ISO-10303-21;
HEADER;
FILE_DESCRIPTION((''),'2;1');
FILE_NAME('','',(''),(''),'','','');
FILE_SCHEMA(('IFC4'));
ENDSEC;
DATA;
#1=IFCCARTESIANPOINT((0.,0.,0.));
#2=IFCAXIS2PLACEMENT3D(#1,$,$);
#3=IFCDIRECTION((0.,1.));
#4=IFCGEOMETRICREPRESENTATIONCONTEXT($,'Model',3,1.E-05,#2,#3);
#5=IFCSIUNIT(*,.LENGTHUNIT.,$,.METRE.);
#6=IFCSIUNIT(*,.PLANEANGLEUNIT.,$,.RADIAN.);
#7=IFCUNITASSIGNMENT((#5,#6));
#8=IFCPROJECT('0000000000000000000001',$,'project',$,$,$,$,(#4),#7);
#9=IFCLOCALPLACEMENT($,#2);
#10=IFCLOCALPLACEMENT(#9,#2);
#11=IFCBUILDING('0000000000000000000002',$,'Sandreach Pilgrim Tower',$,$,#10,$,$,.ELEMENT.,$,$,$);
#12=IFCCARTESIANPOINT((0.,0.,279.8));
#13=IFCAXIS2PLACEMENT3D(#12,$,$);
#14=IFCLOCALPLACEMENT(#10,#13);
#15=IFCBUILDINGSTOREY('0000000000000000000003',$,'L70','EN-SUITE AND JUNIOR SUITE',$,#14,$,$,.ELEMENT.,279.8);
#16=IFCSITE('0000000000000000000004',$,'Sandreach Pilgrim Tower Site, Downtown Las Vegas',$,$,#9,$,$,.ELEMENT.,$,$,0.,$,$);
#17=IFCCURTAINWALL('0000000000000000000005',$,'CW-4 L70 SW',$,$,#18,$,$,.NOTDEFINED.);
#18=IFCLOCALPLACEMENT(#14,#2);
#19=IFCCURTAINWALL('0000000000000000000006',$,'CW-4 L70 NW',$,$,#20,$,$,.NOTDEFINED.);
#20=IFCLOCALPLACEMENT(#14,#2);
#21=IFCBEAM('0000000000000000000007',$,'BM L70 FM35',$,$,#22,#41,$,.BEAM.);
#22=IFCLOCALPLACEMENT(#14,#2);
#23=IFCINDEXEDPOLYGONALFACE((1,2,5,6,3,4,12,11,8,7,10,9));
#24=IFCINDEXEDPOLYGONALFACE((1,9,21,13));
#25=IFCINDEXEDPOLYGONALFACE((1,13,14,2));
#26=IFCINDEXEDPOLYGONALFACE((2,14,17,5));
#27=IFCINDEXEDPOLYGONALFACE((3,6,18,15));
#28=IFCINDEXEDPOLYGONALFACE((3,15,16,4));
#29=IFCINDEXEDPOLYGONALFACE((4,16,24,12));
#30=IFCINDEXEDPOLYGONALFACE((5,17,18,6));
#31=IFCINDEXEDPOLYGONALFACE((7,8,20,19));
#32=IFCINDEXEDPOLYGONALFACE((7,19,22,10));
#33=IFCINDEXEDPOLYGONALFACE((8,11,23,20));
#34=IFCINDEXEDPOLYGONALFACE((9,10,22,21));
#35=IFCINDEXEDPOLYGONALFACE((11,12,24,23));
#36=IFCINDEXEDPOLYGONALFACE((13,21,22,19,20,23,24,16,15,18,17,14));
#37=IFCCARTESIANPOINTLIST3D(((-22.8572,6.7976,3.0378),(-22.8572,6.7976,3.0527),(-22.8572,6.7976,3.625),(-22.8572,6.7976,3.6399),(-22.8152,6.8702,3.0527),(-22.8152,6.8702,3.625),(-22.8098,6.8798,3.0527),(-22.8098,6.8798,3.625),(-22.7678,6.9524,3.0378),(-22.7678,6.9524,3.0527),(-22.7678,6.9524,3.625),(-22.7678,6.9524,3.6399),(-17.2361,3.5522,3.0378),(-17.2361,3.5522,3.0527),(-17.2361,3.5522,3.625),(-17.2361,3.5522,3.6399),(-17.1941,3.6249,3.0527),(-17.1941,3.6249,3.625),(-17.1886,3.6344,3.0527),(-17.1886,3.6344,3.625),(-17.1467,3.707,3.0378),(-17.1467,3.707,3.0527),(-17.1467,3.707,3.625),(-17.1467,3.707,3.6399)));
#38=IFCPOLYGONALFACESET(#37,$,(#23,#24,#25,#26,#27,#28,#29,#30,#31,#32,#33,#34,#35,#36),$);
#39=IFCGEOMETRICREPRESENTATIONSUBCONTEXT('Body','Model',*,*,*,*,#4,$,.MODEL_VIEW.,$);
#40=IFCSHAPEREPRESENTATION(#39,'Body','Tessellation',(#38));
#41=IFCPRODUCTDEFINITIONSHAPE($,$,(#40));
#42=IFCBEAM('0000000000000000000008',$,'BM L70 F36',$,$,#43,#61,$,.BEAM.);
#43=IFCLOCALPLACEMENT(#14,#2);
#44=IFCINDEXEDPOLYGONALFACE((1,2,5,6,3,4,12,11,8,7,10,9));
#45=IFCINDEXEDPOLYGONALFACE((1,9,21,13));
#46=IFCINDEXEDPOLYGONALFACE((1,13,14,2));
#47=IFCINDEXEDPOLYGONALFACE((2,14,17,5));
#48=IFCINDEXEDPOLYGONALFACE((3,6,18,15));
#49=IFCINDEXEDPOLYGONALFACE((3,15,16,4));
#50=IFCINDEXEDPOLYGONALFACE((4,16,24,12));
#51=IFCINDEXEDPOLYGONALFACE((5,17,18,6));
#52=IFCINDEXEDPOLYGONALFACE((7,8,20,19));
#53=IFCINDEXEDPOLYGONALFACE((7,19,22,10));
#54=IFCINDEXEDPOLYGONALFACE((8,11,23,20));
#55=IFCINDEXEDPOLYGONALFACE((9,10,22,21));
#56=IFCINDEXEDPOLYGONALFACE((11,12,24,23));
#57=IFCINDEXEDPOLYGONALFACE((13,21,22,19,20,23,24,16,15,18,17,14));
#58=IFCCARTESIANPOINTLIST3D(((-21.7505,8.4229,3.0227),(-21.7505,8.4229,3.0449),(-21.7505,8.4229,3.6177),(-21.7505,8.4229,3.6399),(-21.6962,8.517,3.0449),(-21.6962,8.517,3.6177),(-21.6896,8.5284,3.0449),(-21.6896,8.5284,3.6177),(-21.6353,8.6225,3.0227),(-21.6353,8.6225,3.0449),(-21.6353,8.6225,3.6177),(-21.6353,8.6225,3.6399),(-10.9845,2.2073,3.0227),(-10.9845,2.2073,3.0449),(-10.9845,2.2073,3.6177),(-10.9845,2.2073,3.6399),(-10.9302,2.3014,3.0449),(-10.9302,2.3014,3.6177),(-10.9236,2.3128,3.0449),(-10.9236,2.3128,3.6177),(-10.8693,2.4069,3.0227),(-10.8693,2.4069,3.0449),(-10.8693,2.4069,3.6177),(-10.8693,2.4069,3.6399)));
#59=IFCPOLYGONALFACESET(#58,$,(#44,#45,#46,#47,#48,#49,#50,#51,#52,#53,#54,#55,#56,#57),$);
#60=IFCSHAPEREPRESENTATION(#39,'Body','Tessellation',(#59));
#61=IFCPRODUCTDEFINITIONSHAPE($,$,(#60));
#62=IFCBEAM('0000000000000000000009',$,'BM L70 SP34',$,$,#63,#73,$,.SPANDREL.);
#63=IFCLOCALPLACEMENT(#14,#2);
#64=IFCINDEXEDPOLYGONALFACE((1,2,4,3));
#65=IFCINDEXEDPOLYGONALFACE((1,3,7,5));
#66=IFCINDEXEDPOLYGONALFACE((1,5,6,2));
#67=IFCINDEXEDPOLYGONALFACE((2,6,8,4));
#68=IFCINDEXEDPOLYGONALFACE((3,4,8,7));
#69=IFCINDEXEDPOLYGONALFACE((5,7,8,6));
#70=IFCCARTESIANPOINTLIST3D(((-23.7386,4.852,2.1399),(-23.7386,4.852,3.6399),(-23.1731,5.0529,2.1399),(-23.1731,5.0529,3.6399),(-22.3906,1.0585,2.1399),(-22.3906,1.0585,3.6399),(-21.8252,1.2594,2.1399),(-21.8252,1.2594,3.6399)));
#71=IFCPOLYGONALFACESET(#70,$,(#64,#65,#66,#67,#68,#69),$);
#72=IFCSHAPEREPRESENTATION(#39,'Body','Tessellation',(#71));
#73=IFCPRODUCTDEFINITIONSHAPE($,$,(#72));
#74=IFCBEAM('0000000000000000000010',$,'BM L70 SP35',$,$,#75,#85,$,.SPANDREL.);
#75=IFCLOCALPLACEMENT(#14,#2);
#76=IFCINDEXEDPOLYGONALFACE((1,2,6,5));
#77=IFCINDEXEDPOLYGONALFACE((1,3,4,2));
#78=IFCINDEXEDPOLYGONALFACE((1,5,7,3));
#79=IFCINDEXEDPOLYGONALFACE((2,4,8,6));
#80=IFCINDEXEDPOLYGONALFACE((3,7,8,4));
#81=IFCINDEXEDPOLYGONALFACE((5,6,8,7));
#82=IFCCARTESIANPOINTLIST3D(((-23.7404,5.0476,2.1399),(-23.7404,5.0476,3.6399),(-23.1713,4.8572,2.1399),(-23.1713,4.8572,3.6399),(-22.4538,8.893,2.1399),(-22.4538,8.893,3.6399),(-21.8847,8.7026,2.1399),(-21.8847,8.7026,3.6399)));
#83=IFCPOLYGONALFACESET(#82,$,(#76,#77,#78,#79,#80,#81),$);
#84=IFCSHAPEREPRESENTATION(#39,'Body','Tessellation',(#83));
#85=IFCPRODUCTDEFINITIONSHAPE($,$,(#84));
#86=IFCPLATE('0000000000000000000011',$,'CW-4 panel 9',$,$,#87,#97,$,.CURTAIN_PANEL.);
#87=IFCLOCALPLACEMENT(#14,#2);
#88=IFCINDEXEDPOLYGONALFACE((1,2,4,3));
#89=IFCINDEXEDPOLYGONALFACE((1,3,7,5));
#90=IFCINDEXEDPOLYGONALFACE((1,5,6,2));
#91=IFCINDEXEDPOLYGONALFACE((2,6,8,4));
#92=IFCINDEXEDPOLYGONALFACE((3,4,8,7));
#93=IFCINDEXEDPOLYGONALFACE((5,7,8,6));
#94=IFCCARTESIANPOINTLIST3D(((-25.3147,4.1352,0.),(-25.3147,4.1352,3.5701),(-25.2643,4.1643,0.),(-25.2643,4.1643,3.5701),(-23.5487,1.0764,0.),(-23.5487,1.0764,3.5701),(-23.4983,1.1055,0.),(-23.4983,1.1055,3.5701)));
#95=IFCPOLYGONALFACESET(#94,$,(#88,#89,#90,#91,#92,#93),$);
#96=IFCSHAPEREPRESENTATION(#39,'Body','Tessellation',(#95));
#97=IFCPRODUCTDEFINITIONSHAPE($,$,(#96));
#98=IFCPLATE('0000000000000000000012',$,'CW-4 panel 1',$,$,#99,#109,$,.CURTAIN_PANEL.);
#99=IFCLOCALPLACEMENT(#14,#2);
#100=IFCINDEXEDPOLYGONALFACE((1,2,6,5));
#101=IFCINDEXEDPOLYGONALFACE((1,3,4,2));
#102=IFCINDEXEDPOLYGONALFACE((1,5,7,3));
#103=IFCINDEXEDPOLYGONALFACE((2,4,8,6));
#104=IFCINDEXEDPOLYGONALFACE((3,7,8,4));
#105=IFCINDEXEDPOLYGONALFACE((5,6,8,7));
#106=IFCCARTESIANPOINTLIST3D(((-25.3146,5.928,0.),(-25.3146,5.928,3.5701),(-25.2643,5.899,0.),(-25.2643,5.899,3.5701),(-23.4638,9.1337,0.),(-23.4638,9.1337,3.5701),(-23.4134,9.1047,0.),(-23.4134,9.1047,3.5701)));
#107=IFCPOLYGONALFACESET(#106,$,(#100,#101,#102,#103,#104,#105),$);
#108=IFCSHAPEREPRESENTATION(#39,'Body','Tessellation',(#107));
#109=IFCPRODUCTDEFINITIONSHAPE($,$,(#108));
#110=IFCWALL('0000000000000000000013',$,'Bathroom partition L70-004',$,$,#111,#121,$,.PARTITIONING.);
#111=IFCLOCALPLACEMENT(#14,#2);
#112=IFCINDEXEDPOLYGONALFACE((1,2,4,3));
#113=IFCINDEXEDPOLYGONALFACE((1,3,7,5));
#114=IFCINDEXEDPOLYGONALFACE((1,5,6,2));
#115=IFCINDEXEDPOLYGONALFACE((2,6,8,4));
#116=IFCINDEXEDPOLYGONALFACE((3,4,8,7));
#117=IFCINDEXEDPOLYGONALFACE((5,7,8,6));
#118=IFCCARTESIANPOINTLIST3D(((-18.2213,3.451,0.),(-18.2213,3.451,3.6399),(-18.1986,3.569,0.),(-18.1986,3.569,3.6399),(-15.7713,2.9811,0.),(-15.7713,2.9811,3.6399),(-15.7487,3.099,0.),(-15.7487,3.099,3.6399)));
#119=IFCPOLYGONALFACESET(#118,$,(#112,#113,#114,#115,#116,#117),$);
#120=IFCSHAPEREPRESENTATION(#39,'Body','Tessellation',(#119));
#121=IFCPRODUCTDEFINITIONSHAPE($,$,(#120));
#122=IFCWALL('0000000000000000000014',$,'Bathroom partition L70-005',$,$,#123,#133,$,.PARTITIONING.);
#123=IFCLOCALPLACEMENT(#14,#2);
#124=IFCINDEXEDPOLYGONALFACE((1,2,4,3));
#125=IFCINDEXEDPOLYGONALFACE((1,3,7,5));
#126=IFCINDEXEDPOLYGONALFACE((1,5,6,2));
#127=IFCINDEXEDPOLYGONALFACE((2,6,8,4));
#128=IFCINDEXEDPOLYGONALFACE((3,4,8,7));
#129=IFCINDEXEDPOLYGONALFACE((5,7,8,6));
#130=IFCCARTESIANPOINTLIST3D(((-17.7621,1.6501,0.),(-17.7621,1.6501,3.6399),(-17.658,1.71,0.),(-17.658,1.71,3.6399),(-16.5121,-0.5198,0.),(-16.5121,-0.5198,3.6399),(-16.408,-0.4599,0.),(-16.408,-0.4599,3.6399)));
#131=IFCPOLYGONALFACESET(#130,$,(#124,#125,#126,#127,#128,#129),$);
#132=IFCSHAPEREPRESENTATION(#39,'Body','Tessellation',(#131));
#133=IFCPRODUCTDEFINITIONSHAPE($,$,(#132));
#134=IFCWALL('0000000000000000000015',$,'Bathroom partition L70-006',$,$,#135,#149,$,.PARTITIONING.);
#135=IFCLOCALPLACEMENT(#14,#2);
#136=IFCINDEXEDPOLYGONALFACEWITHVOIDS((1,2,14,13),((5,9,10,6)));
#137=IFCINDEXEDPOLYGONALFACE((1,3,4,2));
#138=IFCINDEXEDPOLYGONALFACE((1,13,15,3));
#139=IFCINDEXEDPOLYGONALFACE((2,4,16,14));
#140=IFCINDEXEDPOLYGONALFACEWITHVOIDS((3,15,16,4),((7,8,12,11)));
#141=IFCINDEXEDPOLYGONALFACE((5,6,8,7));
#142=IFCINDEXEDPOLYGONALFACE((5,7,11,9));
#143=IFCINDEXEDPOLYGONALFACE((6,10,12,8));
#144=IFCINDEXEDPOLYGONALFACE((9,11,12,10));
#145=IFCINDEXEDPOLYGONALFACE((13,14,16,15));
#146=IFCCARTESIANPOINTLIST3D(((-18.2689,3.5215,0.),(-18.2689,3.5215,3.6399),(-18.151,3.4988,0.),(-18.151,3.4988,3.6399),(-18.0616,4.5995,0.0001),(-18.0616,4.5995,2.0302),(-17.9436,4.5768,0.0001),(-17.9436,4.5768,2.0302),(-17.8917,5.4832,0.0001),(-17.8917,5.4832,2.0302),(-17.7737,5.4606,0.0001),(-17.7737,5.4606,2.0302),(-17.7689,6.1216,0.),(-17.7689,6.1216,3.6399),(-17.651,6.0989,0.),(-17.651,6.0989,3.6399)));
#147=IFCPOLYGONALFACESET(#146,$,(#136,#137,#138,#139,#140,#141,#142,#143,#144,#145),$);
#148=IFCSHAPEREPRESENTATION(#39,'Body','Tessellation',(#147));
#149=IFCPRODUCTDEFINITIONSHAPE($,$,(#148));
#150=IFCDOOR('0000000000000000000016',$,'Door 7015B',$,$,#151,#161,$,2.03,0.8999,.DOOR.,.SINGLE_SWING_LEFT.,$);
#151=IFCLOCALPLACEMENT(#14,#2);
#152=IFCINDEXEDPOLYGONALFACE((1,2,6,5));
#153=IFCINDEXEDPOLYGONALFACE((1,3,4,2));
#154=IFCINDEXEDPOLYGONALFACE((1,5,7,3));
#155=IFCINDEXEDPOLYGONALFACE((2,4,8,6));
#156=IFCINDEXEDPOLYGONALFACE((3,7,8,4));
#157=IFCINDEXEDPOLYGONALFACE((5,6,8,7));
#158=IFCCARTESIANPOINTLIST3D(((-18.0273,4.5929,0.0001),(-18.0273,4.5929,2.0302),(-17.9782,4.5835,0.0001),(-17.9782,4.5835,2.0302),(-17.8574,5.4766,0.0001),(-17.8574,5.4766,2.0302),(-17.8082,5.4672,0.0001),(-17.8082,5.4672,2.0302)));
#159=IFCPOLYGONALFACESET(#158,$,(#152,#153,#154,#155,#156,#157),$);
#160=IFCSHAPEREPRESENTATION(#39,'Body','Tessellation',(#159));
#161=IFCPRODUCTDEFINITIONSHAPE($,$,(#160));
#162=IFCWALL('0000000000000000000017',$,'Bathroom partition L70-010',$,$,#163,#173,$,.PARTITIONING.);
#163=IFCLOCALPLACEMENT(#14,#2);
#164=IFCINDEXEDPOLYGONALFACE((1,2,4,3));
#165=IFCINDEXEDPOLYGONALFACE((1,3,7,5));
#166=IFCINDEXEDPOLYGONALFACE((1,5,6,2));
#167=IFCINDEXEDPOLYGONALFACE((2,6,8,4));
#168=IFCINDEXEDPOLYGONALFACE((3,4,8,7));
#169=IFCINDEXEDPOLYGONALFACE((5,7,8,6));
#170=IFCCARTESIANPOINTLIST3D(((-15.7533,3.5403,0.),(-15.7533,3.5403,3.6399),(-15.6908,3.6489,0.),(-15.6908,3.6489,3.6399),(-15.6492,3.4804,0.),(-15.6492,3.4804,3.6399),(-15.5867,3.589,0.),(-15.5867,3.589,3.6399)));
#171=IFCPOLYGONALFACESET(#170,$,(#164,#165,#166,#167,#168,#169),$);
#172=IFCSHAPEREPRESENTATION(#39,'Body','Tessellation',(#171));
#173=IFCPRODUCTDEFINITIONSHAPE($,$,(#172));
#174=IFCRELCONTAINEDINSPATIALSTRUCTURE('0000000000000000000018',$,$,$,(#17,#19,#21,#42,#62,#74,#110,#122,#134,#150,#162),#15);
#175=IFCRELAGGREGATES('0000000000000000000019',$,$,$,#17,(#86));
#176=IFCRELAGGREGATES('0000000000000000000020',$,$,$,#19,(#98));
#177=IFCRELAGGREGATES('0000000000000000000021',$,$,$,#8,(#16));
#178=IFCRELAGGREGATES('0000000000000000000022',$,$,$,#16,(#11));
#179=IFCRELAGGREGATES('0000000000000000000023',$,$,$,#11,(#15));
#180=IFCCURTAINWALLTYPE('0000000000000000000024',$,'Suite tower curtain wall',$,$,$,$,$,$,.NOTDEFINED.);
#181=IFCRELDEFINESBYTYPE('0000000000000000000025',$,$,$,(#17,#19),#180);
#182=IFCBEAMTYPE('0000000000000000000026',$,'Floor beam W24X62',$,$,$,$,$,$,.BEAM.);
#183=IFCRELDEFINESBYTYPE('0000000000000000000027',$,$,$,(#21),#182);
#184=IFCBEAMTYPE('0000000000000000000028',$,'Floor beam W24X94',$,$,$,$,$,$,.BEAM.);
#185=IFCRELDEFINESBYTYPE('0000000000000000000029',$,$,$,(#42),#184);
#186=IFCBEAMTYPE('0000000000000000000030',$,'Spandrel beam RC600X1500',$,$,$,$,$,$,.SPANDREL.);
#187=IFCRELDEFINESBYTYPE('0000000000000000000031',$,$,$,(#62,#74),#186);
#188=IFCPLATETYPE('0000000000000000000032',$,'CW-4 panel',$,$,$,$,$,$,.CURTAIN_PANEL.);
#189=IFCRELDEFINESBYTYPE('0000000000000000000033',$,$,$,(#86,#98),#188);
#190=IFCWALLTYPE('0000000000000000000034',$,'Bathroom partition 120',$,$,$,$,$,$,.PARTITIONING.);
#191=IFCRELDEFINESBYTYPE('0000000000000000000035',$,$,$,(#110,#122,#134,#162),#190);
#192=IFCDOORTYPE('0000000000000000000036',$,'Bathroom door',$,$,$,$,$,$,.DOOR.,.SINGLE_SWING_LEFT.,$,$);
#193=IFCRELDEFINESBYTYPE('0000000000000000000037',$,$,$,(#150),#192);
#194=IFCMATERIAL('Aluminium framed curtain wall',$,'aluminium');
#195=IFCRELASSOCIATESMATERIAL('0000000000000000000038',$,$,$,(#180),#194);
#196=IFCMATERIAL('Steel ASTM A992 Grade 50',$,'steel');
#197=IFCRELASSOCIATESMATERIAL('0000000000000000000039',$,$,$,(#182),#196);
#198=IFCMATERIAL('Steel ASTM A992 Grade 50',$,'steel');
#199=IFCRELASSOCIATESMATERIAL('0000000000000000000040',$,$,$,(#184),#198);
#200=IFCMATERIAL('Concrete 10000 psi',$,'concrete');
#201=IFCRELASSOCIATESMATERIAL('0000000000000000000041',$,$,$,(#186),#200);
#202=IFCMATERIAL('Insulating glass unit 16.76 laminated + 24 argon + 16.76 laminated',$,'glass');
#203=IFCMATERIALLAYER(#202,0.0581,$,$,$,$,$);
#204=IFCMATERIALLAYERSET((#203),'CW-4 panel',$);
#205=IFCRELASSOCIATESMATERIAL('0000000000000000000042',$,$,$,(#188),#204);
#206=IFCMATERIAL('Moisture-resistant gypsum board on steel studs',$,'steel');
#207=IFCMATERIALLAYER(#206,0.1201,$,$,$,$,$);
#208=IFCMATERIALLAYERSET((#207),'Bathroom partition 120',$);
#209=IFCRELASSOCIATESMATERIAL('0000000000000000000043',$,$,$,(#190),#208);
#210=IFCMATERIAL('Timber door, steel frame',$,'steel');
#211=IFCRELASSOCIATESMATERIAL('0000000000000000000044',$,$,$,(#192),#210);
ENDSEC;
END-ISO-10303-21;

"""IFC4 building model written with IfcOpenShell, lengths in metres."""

from ifc_helpers import new_model, si_unit, direction, frame, frame_2d, origin, origin_2d, place, context, subcontext, project, spatial, rectangle, i_section, extrude, material, layer, layer_set, material_profile, profile_set, type_object, element, fill, aggregate, save


model = new_model("IFC4")

# Units and contexts
model_context = context("Model", 3, precision=1e-05, world=origin(), true_north=direction((0.0, 1.0)))
body_context = subcontext(model_context, "Body", "Model", "MODEL_VIEW")
ifc_project = project(units=[si_unit("LENGTHUNIT", "METRE"), si_unit("PLANEANGLEUNIT", "RADIAN")], contexts=[model_context])

# Site, building, storey
site_placement = place(None, origin())
site = spatial("IfcSite", under=ifc_project, at=site_placement, Name="Sandreach Pilgrim Tower Site, Downtown Las Vegas", CompositionType="ELEMENT", RefElevation=0.0)
building_placement = place(site_placement, origin())
building = spatial("IfcBuilding", under=site, at=building_placement, Name="Sandreach Pilgrim Tower", CompositionType="ELEMENT")
storey_placement = place(building_placement, frame((0.0, 0.0, 279.8)))
storey = spatial("IfcBuildingStorey", under=building, at=storey_placement, Name="L70", Description="EN-SUITE AND JUNIOR SUITE", CompositionType="ELEMENT", Elevation=279.8)

# Curtain wall
ifc_material_1 = material(Name="Aluminium framed curtain wall", Category="aluminium")
curtain_wall_type = type_object("IfcCurtainWallType", Name="Suite tower curtain wall", PredefinedType="NOTDEFINED", material=ifc_material_1)
curtain_wall_1_placement = place(storey_placement, origin())
curtain_wall_1 = element("IfcCurtainWall", 1, at=curtain_wall_1_placement, inside=storey, type_object=curtain_wall_type, Name="CW-4 L70 SW", PredefinedType="NOTDEFINED")

# Curtain wall
curtain_wall_2_placement = place(storey_placement, origin())
curtain_wall_2 = element("IfcCurtainWall", 2, at=curtain_wall_2_placement, inside=storey, type_object=curtain_wall_type, Name="CW-4 L70 NW", PredefinedType="NOTDEFINED")

# Beams
ifc_material_2 = material(Name="Steel ASTM A992 Grade 50", Category="steel")
ifc_material_profile_1 = material_profile(ifc_material_2, i_section(OverallWidth=0.1787, OverallDepth=0.6021, WebThickness=0.011, FlangeThickness=0.0149, at=origin_2d()), Name="W24X62")
ifc_profile_set_1 = profile_set([ifc_material_profile_1], Name="Steel ASTM A992 Grade 50")
beam_type_1 = type_object("IfcBeamType", Name="Floor beam W24X62", PredefinedType="BEAM", material=ifc_profile_set_1)
beam_1_placement = place(storey_placement, frame((-22.8125, 6.875, 3.3389), z_axis=(0.866024, -0.500002, 0.0), x_axis=(0.500002, 0.866024, 0.0)))
element("IfcBeam", 3, at=beam_1_placement, inside=storey, type_object=beam_type_1, Name="BM L70 FM35", PredefinedType="BEAM", context=body_context, shape_type="SweptSolid", body=[
    extrude(i_section(OverallWidth=0.1787, OverallDepth=0.6021, WebThickness=0.011, FlangeThickness=0.0149, at=origin_2d()), origin(), (0.0, 0.0, 1.0), 6.4907),
])
ifc_material_3 = material(Name="Steel ASTM A992 Grade 50", Category="steel")
ifc_material_profile_2 = material_profile(ifc_material_3, i_section(OverallWidth=0.2305, OverallDepth=0.6172, WebThickness=0.0132, FlangeThickness=0.0222, at=origin_2d()), Name="W24X94")
ifc_profile_set_2 = profile_set([ifc_material_profile_2], Name="Steel ASTM A992 Grade 50")
beam_type_2 = type_object("IfcBeamType", Name="Floor beam W24X94", PredefinedType="BEAM", material=ifc_profile_set_2)
beam_2_placement = place(storey_placement, frame((-21.6929, 8.5227, 3.3313), z_axis=(0.866029, -0.499994, 0.0), x_axis=(0.499994, 0.866029, 0.0)))
element("IfcBeam", 4, at=beam_2_placement, inside=storey, type_object=beam_type_2, Name="BM L70 F36", PredefinedType="BEAM", context=body_context, shape_type="SweptSolid", body=[
    extrude(i_section(OverallWidth=0.2305, OverallDepth=0.6172, WebThickness=0.0132, FlangeThickness=0.0222, at=origin_2d()), origin(), (0.0, 0.0, 1.0), 12.4314),
])
ifc_material_4 = material(Name="Concrete 10000 psi", Category="concrete")
ifc_material_profile_3 = material_profile(ifc_material_4, rectangle(XDim=0.6001, YDim=1.5, at=origin_2d()), Name="RC600X1500")
ifc_profile_set_3 = profile_set([ifc_material_profile_3], Name="Concrete 10000 psi")
beam_type_3 = type_object("IfcBeamType", Name="Spandrel beam RC600X1500", PredefinedType="SPANDREL", material=ifc_profile_set_3)
beam_3_placement = place(storey_placement, frame((-22.1079, 1.1589, 2.8899), z_axis=(-0.334815, 0.942284, 0.0), x_axis=(-0.942284, -0.334815, 0.0)))
element("IfcBeam", 5, at=beam_3_placement, inside=storey, type_object=beam_type_3, Name="BM L70 SP34", PredefinedType="SPANDREL", context=body_context, shape_type="SweptSolid", body=[
    extrude(rectangle(XDim=0.6001, YDim=1.5, at=origin_2d()), origin(), (0.0, 0.0, 1.0), 4.0259),
])
beam_4_placement = place(storey_placement, frame((-23.4558, 4.9524, 2.8899), z_axis=(0.317293, 0.948327, 0.0), x_axis=(-0.948327, 0.317293, 0.0)))
element("IfcBeam", 6, at=beam_4_placement, inside=storey, type_object=beam_type_3, Name="BM L70 SP35", PredefinedType="SPANDREL", context=body_context, shape_type="SweptSolid", body=[
    extrude(rectangle(XDim=0.6001, YDim=1.5, at=origin_2d()), origin(), (0.0, 0.0, 1.0), 4.0549),
])

# Plates
ifc_material_5 = material(Name="Insulating glass unit 16.76 laminated + 24 argon + 16.76 laminated", Category="glass")
ifc_layer_1 = layer(ifc_material_5, 0.0581)
ifc_layer_set_1 = layer_set([ifc_layer_1], Name="CW-4 panel")
plate_type = type_object("IfcPlateType", Name="CW-4 panel", PredefinedType="CURTAIN_PANEL", material=ifc_layer_set_1)
plate_1_placement = place(storey_placement, frame((-24.4065, 2.6204, 0.0), z_axis=(0.0, 0.0, 1.0), x_axis=(-0.5, 0.866025, 0.0)))
plate_1 = element("IfcPlate", 7, at=plate_1_placement, type_object=plate_type, Name="CW-4 panel 9", PredefinedType="CURTAIN_PANEL", context=body_context, shape_type="SweptSolid", body=[
    extrude(rectangle(XDim=3.532, YDim=0.0581, at=origin_2d()), origin(), (0.0, 0.0, 1.0), 3.5701),
])
aggregate(curtain_wall_1, [plate_1])
plate_2_placement = place(storey_placement, frame((-24.364, 7.5164, 0.0), z_axis=(0.0, 0.0, 1.0), x_axis=(0.5, 0.866025, 0.0)))
plate_2 = element("IfcPlate", 8, at=plate_2_placement, type_object=plate_type, Name="CW-4 panel 1", PredefinedType="CURTAIN_PANEL", context=body_context, shape_type="SweptSolid", body=[
    extrude(rectangle(XDim=3.7017, YDim=0.0581, at=origin_2d()), origin(), (0.0, 0.0, 1.0), 3.5701),
])
aggregate(curtain_wall_2, [plate_2])

# Walls
ifc_material_6 = material(Name="Moisture-resistant gypsum board on steel studs", Category="steel")
ifc_layer_2 = layer(ifc_material_6, 0.1201)
ifc_layer_set_2 = layer_set([ifc_layer_2], Name="Bathroom partition 120")
wall_type_1 = type_object("IfcWallType", Name="Bathroom partition 120", PredefinedType="PARTITIONING", material=ifc_layer_set_2)
wall_1_placement = place(storey_placement, frame((-18.21, 3.51, 0.0), z_axis=(0.0, 0.0, 1.0), x_axis=(0.982094, -0.188394, 0.0)))
element("IfcWall", 9, at=wall_1_placement, inside=storey, type_object=wall_type_1, Name="Bathroom partition L70-004", PredefinedType="PARTITIONING", context=body_context, shape_type="SweptSolid", body=[
    extrude(rectangle(XDim=2.4946, YDim=0.1201, at=frame_2d((1.2473, 0.0))), origin(), (0.0, 0.0, 1.0), 3.6399),
])
wall_2_placement = place(storey_placement, frame((-17.71, 1.6799, 0.0), z_axis=(0.0, 0.0, 1.0), x_axis=(0.49916, -0.86651, 0.0)))
element("IfcWall", 10, at=wall_2_placement, inside=storey, type_object=wall_type_1, Name="Bathroom partition L70-005", PredefinedType="PARTITIONING", context=body_context, shape_type="SweptSolid", body=[
    extrude(rectangle(XDim=2.5042, YDim=0.1201, at=frame_2d((1.252, 0.0))), origin(), (0.0, 0.0, 1.0), 3.6399),
])

# Wall, opening, door
wall_3_placement = place(storey_placement, frame((-17.71, 6.1101, 0.0), z_axis=(0.0, 0.0, 1.0), x_axis=(-0.188841, -0.982008, 0.0)))
wall_3 = element("IfcWall", 11, at=wall_3_placement, inside=storey, type_object=wall_type_1, Name="Bathroom partition L70-006", PredefinedType="PARTITIONING", context=body_context, shape_type="SweptSolid", body=[
    extrude(rectangle(XDim=2.6477, YDim=0.1201, at=frame_2d((1.3237, 0.0))), origin(), (0.0, 0.0, 1.0), 3.6399),
])
opening_1_placement = place(wall_3_placement, frame((0.6499, 0.0, 0.0)))
opening_1 = element("IfcOpeningElement", 12, at=opening_1_placement, cuts=wall_3, PredefinedType="OPENING", context=body_context, shape_type="SweptSolid", body=[
    extrude(rectangle(XDim=0.8999, YDim=2.03, at=frame_2d((0.45, 1.0151))), frame((0.0, 0.0601, 0.0), z_axis=(0.0, -1.0, 0.0), x_axis=(1.0, 0.0, 0.0)), (0.0, 0.0, 1.0), 0.1201),
])
ifc_material_7 = material(Name="Timber door, steel frame", Category="steel")
door_type_1 = type_object("IfcDoorType", Name="Bathroom door", OperationType="SINGLE_SWING_LEFT", PredefinedType="DOOR", material=ifc_material_7)
door_1_placement = place(opening_1_placement, origin())
door_1 = element("IfcDoor", 13, at=door_1_placement, inside=storey, type_object=door_type_1, Name="Door 7015B", OperationType="SINGLE_SWING_LEFT", OverallHeight=2.03, OverallWidth=0.8999, PredefinedType="DOOR", context=body_context, shape_type="SweptSolid", body=[
    extrude(rectangle(XDim=0.8999, YDim=2.03, at=frame_2d((0.45, 1.0151))), frame((0.0, 0.0249, 0.0), z_axis=(0.0, -1.0, 0.0), x_axis=(1.0, 0.0, 0.0)), (0.0, 0.0, 1.0), 0.05),
])
fill(opening_1, door_1)

# Wall
wall_4_placement = place(storey_placement, frame((-15.7012, 3.5105, 0.0), z_axis=(0.0, 0.0, 1.0), x_axis=(0.498654, 0.866801, 0.0)))
element("IfcWall", 14, at=wall_4_placement, inside=storey, type_object=wall_type_1, Name="Bathroom partition L70-010", PredefinedType="PARTITIONING", context=body_context, shape_type="SweptSolid", body=[
    extrude(rectangle(XDim=0.1252, YDim=0.1201, at=frame_2d((0.0625, 0.0))), origin(), (0.0, 0.0, 1.0), 3.6399),
])

save(model, "model.ifc")
